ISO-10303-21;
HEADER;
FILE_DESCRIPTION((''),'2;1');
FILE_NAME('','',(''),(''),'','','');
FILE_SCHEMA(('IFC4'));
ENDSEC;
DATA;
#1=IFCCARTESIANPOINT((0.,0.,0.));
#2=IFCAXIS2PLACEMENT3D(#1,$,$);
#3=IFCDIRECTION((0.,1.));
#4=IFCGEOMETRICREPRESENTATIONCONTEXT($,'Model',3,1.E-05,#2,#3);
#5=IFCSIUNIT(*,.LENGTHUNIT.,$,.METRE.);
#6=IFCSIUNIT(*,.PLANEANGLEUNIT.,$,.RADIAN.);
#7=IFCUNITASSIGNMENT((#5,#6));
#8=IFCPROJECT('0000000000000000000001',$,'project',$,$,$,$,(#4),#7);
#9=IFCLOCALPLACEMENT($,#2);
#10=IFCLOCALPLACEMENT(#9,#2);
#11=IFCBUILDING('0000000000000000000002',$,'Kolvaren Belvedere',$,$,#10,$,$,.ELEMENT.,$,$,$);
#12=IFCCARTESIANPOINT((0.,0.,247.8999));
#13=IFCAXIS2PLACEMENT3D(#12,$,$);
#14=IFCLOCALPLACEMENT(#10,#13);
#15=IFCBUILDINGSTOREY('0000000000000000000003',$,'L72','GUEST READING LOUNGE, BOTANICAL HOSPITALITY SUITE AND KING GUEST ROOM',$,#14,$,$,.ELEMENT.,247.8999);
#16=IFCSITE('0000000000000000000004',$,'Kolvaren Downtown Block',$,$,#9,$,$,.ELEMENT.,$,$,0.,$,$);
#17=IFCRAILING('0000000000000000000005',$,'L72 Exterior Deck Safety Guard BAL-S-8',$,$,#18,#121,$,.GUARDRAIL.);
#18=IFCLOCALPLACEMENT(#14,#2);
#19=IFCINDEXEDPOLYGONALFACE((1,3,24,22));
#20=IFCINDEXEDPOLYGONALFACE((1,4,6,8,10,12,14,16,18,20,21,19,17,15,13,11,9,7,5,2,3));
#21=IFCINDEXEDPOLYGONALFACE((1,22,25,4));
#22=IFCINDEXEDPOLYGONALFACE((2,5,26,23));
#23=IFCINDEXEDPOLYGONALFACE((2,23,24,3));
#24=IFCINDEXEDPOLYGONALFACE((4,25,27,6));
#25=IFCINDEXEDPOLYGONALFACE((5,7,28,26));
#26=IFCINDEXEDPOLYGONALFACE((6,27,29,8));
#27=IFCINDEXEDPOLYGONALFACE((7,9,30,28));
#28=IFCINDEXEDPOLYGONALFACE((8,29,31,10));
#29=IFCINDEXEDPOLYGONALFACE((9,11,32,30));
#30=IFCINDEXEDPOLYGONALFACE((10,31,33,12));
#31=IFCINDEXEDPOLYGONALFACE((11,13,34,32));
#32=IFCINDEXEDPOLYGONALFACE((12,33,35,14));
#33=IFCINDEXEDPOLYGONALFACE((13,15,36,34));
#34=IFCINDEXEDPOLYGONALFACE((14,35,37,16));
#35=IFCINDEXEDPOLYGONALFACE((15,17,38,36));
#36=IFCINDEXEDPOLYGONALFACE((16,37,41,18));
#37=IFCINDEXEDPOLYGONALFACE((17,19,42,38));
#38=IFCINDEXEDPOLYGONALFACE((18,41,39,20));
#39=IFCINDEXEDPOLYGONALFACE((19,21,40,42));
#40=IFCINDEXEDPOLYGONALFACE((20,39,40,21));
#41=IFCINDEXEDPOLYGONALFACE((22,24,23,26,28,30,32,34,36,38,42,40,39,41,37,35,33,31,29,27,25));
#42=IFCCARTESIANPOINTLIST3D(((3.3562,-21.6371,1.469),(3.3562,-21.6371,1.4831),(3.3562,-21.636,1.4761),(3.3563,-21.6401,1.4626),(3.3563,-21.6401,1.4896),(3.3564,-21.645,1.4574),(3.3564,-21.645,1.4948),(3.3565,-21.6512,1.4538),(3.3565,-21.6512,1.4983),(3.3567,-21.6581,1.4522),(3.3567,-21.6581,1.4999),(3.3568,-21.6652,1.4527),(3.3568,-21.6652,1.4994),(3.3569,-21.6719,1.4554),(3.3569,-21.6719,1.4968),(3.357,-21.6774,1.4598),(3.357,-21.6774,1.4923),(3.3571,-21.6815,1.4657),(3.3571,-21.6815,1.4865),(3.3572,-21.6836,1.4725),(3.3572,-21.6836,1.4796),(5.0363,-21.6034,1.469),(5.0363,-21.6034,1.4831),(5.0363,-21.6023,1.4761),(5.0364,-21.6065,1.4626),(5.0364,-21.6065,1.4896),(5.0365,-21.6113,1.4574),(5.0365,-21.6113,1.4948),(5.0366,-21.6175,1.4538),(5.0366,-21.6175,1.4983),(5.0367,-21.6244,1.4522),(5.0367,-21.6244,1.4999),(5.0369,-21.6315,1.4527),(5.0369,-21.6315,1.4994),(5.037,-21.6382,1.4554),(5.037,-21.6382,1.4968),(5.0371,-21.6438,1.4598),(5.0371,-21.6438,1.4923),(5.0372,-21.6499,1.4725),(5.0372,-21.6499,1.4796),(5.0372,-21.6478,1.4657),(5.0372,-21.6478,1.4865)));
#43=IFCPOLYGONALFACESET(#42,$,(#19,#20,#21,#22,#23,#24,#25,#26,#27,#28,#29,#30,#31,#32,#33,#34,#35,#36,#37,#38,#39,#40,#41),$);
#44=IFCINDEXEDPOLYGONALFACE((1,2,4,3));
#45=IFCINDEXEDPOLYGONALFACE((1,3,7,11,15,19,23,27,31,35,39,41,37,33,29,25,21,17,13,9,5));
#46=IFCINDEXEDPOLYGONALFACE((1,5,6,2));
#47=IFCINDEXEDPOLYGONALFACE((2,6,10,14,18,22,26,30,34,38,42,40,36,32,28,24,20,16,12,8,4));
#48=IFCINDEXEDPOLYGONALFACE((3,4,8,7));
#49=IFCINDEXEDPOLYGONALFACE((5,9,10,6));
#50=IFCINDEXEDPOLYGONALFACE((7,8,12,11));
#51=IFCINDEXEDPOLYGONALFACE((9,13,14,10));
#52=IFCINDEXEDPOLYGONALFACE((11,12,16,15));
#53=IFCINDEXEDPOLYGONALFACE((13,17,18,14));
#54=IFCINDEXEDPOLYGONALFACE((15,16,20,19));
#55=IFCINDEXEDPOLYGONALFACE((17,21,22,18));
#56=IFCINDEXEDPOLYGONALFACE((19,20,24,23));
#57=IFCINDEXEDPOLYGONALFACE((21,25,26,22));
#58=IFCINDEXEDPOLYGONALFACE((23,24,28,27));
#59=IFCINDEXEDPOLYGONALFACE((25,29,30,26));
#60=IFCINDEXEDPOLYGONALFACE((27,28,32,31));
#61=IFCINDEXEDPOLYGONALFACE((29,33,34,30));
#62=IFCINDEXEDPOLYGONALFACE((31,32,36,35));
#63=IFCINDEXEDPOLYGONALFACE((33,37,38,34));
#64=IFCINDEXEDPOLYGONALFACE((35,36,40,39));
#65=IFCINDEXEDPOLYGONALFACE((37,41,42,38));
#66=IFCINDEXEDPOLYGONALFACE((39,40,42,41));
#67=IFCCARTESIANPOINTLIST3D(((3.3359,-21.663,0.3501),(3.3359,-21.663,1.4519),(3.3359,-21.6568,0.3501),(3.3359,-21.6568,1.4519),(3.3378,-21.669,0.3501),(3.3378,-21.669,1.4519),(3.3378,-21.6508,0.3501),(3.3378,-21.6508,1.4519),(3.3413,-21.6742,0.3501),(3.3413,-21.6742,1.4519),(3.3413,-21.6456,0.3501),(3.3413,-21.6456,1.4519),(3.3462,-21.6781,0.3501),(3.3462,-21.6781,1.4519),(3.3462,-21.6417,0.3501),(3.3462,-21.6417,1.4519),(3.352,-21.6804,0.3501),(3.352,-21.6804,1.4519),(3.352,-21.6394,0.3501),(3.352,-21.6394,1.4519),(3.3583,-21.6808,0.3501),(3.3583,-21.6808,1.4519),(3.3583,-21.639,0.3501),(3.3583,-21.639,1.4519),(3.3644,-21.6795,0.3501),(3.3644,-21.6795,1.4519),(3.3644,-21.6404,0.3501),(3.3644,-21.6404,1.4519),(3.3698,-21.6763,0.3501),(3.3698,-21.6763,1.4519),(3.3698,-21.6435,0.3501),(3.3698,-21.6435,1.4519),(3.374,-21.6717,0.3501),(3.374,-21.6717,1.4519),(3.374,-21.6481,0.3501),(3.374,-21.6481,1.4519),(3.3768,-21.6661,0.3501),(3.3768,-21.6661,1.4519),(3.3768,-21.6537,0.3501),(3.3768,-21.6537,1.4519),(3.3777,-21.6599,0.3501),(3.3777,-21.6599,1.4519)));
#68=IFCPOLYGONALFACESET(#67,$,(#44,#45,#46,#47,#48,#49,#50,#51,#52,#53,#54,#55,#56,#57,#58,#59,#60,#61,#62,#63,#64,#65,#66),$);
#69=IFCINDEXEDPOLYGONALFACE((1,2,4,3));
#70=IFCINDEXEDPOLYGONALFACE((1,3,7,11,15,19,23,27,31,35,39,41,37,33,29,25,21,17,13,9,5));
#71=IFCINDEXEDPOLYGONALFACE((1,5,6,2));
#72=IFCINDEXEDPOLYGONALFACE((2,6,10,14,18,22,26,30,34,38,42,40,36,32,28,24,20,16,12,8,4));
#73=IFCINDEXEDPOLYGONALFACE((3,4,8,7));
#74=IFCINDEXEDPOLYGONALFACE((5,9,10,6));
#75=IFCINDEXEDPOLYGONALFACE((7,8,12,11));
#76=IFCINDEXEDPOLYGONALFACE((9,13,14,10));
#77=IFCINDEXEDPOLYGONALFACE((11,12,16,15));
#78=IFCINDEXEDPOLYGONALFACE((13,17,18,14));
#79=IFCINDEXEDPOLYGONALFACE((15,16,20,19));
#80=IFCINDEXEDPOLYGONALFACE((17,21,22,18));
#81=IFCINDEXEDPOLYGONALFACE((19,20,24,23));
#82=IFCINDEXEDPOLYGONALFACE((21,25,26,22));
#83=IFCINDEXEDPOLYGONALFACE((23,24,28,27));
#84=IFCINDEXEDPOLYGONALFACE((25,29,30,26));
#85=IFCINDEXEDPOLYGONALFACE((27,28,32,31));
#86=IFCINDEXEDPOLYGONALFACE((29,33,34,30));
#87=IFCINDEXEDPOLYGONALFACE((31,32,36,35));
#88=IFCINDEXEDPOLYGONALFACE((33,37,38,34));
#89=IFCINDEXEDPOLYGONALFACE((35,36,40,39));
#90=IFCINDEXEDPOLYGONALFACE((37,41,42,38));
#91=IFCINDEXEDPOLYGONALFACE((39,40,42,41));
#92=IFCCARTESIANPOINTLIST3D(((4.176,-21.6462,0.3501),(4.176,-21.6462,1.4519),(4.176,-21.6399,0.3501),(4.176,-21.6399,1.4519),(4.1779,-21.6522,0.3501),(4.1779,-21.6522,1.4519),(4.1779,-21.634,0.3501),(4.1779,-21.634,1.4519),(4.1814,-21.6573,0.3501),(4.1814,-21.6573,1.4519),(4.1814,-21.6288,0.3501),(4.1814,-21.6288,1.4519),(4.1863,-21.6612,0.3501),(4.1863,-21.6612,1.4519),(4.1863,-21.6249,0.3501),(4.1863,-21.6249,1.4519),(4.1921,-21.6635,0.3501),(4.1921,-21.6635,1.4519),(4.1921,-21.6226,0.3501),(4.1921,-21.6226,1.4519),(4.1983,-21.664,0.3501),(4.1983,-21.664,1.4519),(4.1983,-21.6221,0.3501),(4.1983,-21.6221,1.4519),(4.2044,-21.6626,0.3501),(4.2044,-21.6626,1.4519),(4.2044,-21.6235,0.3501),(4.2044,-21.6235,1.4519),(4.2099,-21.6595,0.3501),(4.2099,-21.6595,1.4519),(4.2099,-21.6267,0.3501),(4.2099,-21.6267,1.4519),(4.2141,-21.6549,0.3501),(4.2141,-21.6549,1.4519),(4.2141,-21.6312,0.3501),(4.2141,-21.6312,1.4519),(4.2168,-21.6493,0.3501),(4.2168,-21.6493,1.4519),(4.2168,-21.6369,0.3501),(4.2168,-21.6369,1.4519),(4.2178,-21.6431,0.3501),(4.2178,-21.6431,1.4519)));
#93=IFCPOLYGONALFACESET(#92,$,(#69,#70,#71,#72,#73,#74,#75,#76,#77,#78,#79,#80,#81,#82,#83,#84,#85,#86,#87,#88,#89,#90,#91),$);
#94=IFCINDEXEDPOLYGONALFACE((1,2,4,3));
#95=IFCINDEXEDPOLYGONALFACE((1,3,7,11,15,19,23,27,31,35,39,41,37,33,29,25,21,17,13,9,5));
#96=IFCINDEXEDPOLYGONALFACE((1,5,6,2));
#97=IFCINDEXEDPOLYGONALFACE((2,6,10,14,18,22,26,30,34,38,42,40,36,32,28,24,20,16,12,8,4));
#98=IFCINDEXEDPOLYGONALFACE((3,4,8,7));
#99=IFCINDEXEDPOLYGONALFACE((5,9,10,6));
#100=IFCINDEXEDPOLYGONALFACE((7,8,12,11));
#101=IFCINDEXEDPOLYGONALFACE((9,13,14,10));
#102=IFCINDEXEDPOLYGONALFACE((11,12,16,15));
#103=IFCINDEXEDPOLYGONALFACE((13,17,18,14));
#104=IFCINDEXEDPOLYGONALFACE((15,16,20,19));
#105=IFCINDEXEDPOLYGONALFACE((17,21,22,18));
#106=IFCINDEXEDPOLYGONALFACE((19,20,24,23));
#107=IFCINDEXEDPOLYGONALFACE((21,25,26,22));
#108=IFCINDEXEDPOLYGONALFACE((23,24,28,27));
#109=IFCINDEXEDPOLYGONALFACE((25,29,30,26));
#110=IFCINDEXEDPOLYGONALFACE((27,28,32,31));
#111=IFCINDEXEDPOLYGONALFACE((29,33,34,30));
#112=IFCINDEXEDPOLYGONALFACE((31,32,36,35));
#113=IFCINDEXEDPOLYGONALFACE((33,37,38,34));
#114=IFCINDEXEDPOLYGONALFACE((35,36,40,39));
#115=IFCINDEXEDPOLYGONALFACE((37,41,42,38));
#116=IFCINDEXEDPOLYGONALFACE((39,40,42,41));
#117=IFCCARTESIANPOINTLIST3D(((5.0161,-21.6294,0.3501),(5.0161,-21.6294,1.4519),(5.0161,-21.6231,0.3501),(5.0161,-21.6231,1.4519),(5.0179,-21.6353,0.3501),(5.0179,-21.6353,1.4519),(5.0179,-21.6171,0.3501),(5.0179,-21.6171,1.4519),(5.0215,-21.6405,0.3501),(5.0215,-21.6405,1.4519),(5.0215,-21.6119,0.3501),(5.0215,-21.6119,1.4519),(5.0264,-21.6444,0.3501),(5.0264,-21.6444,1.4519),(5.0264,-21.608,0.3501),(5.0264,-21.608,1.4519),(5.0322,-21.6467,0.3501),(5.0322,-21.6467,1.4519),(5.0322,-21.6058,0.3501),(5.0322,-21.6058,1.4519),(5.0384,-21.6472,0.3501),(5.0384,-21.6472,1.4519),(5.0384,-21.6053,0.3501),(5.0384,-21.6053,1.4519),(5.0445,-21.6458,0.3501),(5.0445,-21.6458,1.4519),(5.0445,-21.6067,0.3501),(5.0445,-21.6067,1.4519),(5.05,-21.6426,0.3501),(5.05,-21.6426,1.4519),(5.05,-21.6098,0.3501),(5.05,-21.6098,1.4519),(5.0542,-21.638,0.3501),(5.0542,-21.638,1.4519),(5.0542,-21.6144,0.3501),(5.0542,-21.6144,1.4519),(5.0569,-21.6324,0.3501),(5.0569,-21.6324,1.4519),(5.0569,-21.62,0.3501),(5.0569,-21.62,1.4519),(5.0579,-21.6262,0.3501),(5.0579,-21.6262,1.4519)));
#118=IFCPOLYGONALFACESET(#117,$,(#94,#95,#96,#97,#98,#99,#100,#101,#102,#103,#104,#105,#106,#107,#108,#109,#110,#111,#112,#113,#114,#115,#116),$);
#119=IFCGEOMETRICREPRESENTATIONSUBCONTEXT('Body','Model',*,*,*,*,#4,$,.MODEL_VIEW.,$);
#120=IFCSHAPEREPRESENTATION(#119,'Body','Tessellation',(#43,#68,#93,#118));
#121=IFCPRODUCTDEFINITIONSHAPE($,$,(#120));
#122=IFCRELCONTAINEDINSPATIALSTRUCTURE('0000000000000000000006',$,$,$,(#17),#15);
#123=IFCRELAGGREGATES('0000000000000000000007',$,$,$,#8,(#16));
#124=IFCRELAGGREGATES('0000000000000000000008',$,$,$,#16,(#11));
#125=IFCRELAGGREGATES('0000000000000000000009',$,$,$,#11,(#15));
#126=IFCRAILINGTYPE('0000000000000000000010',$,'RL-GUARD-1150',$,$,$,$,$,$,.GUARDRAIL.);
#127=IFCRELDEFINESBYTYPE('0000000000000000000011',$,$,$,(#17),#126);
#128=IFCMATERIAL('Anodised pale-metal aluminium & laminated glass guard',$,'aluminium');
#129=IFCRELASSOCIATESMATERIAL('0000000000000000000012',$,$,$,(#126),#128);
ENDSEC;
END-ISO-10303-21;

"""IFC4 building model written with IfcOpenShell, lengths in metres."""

from ifc_helpers import new_model, si_unit, direction, frame, origin, origin_2d, place, context, subcontext, project, spatial, circle, extrude, material, type_object, element, save


model = new_model("IFC4")

# Units and contexts
model_context = context("Model", 3, precision=1e-05, world=origin(), true_north=direction((0.0, 1.0)))
body_context = subcontext(model_context, "Body", "Model", "MODEL_VIEW")
ifc_project = project(units=[si_unit("LENGTHUNIT", "METRE"), si_unit("PLANEANGLEUNIT", "RADIAN")], contexts=[model_context])

# Site, building, storey
site_placement = place(None, origin())
site = spatial("IfcSite", under=ifc_project, at=site_placement, Name="Kolvaren Downtown Block", CompositionType="ELEMENT", RefElevation=0.0)
building_placement = place(site_placement, origin())
building = spatial("IfcBuilding", under=site, at=building_placement, Name="Kolvaren Belvedere", CompositionType="ELEMENT")
storey_placement = place(building_placement, frame((0.0, 0.0, 247.8999)))
storey = spatial("IfcBuildingStorey", under=building, at=storey_placement, Name="L72", Description="GUEST READING LOUNGE, BOTANICAL HOSPITALITY SUITE AND KING GUEST ROOM", CompositionType="ELEMENT", Elevation=247.8999)

# Railing
ifc_material_1 = material(Name="Anodised pale-metal aluminium & laminated glass guard", Category="aluminium")
railing_type = type_object("IfcRailingType", Name="RL-GUARD-1150", PredefinedType="GUARDRAIL", material=ifc_material_1)
railing_1_placement = place(storey_placement, frame((3.3567, -21.6599, 0.3501)))
element("IfcRailing", 1, at=railing_1_placement, inside=storey, type_object=railing_type, Name="L72 Exterior Deck Safety Guard BAL-S-8", PredefinedType="GUARDRAIL", context=body_context, shape_type="SweptSolid", body=[
    extrude(circle(Radius=0.0239, at=origin_2d()), frame((0.0, 0.0, 1.126), z_axis=(0.999799, 0.020048, 0.0), x_axis=(-0.020048, 0.999799, 0.0)), (0.0, 0.0, 1.0), 1.6804),
    extrude(circle(Radius=0.021, at=origin_2d()), origin(), (0.0, 0.0, 1.0), 1.1018),
    extrude(circle(Radius=0.021, at=origin_2d()), frame((0.8401, 0.0168, 0.0)), (0.0, 0.0, 1.0), 1.1018),
    extrude(circle(Radius=0.021, at=origin_2d()), frame((1.6802, 0.0337, 0.0)), (0.0, 0.0, 1.0), 1.1018),
])

save(model, "model.ifc")
